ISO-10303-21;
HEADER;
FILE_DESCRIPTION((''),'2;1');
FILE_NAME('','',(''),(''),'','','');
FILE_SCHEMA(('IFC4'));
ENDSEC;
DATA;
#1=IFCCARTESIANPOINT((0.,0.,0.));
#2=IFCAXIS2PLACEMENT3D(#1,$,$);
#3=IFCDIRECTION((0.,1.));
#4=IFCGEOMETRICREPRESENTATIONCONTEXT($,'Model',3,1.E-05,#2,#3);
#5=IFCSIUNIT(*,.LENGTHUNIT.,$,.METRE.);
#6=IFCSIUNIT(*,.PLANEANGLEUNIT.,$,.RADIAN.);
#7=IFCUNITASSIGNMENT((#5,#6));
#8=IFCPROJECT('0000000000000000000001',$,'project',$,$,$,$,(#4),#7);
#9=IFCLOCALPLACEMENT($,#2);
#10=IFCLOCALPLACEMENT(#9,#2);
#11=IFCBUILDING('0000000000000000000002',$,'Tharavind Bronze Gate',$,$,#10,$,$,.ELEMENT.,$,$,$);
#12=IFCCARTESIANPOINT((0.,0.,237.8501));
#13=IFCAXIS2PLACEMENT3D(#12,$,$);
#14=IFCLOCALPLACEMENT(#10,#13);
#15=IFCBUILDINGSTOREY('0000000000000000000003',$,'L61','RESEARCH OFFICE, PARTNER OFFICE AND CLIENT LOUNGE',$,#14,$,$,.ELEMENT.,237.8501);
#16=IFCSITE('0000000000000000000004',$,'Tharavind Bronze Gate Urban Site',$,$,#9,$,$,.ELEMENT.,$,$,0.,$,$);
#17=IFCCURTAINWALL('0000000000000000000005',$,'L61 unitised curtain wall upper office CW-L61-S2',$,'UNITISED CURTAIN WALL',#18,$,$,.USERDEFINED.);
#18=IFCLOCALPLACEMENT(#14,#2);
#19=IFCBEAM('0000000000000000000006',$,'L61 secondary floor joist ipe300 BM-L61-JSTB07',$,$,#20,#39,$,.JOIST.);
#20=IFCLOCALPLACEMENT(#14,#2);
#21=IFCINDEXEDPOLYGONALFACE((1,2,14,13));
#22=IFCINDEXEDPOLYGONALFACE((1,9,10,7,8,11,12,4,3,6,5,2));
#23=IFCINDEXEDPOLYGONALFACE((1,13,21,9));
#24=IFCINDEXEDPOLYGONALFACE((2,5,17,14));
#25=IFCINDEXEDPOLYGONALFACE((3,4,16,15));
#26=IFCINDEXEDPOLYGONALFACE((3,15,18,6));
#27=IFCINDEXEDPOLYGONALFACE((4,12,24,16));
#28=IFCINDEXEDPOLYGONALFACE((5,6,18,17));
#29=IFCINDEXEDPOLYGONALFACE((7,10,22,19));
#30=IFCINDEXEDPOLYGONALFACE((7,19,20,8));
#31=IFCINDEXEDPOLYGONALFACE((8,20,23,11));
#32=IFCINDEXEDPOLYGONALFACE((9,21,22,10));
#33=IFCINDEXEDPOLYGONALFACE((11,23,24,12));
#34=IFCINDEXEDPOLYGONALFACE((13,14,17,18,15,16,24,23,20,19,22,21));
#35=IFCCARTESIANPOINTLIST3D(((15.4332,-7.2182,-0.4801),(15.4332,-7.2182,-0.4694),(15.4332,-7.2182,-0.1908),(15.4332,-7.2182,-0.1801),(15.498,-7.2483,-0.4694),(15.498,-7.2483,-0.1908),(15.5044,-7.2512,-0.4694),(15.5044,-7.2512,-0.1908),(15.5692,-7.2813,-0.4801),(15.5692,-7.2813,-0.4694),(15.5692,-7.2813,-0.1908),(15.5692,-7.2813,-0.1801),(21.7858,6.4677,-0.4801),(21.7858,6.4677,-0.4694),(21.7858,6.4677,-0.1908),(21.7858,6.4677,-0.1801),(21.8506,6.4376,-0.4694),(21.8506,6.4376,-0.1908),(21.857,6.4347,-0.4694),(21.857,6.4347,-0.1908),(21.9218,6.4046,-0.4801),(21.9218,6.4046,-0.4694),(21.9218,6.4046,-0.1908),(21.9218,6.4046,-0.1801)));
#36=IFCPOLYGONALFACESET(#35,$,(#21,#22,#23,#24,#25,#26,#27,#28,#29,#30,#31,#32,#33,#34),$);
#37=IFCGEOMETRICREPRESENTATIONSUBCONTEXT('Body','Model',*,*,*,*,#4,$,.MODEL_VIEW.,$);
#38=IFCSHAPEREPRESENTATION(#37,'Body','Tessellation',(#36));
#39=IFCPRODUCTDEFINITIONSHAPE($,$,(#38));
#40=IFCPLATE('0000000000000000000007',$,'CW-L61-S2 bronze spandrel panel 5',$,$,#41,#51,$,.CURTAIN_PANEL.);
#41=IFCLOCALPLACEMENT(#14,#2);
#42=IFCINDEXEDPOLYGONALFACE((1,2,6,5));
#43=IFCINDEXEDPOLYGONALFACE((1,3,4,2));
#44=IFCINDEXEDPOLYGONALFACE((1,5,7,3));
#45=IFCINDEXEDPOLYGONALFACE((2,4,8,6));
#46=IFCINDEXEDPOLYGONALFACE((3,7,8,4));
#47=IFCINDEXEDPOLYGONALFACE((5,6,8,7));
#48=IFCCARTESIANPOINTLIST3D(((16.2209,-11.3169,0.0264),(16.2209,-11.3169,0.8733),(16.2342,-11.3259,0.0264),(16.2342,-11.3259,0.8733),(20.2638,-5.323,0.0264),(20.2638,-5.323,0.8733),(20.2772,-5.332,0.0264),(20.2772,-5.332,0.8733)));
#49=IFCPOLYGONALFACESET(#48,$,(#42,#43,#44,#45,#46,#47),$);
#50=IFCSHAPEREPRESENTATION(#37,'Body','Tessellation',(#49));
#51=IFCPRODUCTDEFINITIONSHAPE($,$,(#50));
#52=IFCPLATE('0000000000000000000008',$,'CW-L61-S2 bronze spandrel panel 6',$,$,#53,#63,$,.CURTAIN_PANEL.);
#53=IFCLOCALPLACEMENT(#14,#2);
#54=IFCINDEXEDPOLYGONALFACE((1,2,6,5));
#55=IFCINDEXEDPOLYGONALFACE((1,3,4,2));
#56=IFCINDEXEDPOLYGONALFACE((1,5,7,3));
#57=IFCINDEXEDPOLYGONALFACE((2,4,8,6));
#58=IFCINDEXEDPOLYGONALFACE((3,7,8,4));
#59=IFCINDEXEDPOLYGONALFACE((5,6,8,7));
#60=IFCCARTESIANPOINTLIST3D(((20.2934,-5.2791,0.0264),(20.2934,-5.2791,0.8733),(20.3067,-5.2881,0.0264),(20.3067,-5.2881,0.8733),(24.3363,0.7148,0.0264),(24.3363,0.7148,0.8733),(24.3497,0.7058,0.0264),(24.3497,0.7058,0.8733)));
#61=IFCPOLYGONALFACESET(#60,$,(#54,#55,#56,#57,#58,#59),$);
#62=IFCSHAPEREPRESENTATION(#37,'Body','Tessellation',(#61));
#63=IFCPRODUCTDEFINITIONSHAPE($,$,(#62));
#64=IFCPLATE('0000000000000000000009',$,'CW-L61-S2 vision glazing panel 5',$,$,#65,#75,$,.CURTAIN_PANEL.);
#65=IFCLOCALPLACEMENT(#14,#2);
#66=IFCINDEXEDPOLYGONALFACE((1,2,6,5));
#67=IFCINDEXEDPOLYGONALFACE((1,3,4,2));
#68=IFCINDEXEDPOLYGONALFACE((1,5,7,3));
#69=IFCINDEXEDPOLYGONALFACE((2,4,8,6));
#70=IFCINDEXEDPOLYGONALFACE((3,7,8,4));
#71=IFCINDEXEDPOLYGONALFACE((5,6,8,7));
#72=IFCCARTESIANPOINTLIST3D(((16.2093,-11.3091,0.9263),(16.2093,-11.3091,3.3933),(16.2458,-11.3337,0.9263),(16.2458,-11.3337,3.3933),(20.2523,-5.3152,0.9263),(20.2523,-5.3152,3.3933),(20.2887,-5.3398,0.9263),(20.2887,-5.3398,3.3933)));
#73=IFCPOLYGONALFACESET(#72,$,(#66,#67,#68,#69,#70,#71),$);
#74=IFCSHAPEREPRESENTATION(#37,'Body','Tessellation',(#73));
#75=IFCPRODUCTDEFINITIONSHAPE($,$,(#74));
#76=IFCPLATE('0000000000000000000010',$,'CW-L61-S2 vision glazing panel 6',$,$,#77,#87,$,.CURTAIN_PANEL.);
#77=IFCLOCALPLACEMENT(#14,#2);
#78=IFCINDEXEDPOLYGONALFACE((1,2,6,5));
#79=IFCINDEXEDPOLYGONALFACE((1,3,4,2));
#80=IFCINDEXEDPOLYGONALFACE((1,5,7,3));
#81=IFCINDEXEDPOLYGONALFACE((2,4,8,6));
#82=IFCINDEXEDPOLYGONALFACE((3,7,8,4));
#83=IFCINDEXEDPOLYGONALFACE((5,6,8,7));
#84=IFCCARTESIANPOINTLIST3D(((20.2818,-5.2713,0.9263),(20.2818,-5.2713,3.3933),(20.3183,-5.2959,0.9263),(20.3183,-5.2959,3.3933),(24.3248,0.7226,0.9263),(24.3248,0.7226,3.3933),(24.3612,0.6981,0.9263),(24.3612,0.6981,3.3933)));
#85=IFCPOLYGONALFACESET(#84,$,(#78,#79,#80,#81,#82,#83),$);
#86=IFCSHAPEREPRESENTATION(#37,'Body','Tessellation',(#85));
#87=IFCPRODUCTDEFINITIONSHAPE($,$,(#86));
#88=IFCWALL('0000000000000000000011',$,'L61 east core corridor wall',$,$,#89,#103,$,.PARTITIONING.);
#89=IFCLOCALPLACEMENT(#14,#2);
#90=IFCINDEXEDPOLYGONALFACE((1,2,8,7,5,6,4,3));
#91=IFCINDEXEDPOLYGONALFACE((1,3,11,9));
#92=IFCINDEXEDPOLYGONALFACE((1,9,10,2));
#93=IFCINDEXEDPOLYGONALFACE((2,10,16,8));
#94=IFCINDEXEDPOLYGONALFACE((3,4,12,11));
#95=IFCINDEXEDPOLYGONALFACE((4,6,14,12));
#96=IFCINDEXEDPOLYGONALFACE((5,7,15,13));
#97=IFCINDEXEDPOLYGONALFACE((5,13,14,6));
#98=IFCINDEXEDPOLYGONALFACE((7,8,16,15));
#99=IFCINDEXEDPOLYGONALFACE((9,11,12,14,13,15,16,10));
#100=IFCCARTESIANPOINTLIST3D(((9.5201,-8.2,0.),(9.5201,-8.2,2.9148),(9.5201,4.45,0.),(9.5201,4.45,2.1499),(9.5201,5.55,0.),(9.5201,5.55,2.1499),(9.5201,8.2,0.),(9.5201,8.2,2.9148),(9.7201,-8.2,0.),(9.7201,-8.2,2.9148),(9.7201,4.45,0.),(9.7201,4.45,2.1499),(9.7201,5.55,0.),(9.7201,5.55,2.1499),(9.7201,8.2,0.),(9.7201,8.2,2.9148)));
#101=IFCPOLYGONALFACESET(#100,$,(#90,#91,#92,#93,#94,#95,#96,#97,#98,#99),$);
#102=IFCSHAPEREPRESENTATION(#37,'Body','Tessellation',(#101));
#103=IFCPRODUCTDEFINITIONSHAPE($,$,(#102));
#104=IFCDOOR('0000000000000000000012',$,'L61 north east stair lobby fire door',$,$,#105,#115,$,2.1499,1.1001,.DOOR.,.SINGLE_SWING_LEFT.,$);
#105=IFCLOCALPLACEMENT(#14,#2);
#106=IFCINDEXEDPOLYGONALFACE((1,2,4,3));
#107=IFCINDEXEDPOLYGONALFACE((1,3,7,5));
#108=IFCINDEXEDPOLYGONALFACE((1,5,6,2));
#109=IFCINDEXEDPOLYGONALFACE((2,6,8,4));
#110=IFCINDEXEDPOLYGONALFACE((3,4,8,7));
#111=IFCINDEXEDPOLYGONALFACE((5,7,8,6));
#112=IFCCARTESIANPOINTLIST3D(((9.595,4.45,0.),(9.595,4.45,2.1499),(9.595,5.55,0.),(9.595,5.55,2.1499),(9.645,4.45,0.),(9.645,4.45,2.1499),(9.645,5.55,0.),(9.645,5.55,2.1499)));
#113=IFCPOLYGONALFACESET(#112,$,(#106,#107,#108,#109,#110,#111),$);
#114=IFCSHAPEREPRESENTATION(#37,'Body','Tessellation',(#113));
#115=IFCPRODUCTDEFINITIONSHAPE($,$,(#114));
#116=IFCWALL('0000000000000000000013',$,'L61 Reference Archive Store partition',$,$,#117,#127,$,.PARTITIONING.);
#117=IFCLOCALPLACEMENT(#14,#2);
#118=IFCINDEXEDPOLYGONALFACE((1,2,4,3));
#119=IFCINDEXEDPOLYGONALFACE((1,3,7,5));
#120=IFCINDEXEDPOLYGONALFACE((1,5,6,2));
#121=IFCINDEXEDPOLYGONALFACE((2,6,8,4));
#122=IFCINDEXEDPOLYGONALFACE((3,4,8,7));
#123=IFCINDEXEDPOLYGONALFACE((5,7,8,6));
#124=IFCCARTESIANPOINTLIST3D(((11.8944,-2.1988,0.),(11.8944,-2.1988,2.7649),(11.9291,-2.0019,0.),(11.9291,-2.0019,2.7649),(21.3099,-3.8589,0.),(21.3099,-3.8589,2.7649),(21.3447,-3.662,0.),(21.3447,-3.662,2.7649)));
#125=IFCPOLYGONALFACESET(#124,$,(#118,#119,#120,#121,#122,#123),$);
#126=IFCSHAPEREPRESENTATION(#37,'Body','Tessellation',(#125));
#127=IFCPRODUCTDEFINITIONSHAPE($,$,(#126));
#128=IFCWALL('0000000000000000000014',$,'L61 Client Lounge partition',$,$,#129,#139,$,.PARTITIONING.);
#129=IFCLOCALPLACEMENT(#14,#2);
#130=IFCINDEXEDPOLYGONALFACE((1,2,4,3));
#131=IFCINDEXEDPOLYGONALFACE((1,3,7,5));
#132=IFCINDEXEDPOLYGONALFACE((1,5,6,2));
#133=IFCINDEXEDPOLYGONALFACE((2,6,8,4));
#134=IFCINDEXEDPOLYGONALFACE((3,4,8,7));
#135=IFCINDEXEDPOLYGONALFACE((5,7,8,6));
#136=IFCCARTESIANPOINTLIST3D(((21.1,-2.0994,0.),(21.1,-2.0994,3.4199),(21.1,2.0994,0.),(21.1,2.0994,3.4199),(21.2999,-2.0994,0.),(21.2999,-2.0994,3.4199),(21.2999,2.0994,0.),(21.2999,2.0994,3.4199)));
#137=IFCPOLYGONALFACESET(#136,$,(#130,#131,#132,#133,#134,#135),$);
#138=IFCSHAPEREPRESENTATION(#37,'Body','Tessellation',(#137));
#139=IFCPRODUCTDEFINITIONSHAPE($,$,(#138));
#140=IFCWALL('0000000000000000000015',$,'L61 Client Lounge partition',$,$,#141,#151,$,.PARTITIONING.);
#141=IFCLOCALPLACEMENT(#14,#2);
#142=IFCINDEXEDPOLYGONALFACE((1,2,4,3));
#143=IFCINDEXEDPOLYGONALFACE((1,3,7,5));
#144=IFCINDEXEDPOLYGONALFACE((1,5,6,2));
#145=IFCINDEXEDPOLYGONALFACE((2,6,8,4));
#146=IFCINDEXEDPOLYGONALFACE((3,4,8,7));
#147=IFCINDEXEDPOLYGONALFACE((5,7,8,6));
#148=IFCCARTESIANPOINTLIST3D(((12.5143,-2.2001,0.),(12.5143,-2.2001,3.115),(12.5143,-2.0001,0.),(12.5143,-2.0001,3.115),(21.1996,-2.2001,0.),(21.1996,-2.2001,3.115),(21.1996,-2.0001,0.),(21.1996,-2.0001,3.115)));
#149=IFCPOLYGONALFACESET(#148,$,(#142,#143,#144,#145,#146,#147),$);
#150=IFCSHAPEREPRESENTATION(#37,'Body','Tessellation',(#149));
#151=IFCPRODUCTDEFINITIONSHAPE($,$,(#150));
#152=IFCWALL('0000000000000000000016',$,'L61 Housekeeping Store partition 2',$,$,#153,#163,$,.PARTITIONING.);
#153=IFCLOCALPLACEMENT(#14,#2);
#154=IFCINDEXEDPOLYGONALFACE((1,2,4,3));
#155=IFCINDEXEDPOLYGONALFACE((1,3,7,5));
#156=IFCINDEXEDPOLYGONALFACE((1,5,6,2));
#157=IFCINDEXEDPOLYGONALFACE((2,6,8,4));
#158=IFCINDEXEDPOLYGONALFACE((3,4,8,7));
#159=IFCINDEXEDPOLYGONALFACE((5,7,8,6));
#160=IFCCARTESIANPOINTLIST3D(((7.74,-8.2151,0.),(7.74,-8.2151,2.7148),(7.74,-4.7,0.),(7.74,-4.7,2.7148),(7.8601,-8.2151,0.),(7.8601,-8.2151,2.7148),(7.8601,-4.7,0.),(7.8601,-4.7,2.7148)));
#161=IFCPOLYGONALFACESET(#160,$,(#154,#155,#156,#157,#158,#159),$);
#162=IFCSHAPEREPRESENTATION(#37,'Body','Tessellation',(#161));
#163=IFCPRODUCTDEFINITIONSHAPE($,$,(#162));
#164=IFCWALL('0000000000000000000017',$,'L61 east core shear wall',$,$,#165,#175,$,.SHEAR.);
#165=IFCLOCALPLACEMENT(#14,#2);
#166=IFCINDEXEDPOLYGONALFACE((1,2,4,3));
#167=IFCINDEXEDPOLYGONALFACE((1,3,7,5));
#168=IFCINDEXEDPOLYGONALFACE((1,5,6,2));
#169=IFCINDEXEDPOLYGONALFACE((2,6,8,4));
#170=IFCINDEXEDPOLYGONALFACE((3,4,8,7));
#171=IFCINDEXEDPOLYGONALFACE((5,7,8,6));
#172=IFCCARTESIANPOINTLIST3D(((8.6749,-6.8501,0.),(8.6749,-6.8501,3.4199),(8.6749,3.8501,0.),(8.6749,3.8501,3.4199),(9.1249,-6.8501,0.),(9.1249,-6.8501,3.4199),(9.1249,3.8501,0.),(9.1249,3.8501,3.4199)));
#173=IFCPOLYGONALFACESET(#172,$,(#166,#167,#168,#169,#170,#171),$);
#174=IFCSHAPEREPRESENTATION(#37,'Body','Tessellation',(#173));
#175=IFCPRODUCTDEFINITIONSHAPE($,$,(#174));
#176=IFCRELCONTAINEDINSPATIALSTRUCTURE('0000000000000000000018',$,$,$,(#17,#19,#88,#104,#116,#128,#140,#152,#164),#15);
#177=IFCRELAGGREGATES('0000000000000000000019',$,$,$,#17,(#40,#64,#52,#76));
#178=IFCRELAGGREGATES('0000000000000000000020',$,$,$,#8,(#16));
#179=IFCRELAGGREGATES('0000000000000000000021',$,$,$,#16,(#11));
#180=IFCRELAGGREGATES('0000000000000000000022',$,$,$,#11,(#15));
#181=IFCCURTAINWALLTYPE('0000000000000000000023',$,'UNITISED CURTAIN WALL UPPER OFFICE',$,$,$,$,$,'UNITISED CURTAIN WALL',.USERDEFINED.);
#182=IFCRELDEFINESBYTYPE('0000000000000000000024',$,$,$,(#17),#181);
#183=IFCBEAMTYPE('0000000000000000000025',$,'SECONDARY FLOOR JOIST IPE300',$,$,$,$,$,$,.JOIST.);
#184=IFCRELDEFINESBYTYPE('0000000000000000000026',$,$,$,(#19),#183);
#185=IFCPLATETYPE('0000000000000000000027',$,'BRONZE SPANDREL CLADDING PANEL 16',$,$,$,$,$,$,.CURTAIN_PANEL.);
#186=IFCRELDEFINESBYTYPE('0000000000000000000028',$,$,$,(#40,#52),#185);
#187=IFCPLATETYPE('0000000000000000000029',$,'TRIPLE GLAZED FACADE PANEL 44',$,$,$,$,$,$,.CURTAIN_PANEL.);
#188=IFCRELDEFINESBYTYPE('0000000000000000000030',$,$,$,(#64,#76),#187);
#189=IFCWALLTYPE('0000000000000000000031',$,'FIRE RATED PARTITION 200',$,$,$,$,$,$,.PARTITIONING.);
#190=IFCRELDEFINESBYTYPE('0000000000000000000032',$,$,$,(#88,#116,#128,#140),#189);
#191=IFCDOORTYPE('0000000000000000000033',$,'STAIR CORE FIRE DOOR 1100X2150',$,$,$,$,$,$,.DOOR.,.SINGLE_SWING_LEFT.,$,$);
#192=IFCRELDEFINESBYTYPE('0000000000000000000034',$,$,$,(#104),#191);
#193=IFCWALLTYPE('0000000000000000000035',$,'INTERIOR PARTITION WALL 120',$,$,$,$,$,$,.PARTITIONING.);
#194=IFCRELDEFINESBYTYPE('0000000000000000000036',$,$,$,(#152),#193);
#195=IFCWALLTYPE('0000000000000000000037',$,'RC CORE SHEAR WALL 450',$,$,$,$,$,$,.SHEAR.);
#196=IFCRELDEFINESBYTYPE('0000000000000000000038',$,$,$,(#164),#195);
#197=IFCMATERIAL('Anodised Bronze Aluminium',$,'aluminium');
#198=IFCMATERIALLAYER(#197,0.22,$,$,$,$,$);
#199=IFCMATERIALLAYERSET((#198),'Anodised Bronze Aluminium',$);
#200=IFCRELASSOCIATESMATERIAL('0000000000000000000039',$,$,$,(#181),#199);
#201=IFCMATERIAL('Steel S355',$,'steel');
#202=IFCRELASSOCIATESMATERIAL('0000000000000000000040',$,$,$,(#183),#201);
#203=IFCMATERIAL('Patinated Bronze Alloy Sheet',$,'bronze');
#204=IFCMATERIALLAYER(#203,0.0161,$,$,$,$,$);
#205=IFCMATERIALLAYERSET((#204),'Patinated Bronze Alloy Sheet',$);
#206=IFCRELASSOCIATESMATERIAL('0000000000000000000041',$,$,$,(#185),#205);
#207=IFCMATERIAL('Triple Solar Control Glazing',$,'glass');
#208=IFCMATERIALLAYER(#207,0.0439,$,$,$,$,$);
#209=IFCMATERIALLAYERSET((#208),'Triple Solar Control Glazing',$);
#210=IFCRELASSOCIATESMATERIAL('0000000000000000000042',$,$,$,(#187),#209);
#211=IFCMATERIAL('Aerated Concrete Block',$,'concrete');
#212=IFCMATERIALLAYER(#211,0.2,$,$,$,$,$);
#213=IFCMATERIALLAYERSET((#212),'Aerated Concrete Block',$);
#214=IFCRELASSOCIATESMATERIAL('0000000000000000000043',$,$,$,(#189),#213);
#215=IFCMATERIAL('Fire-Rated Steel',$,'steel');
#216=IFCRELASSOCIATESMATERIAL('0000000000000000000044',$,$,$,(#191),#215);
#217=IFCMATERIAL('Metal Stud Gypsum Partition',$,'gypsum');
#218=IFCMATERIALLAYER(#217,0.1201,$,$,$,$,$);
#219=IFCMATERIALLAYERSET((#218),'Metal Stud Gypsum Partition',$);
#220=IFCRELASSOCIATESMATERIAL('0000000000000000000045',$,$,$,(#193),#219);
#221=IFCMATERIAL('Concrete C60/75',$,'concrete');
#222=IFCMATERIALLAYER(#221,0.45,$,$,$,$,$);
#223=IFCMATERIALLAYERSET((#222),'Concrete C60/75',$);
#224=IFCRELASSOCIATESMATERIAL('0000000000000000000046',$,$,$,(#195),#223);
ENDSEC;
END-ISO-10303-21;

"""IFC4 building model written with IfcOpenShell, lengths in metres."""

from ifc_helpers import new_model, si_unit, direction, frame, frame_2d, origin, origin_2d, place, context, subcontext, project, spatial, rectangle, i_section, extrude, material, layer, layer_set, material_profile, profile_set, type_object, element, fill, aggregate, save


model = new_model("IFC4")

# Units and contexts
model_context = context("Model", 3, precision=1e-05, world=origin(), true_north=direction((0.0, 1.0)))
body_context = subcontext(model_context, "Body", "Model", "MODEL_VIEW")
ifc_project = project(units=[si_unit("LENGTHUNIT", "METRE"), si_unit("PLANEANGLEUNIT", "RADIAN")], contexts=[model_context])

# Site, building, storey
site_placement = place(None, origin())
site = spatial("IfcSite", under=ifc_project, at=site_placement, Name="Tharavind Bronze Gate Urban Site", CompositionType="ELEMENT", RefElevation=0.0)
building_placement = place(site_placement, origin())
building = spatial("IfcBuilding", under=site, at=building_placement, Name="Tharavind Bronze Gate", CompositionType="ELEMENT")
storey_placement = place(building_placement, frame((0.0, 0.0, 237.8501)))
storey = spatial("IfcBuildingStorey", under=building, at=storey_placement, Name="L61", Description="RESEARCH OFFICE, PARTNER OFFICE AND CLIENT LOUNGE", CompositionType="ELEMENT", Elevation=237.8501)

# Curtain wall
ifc_material_1 = material(Name="Anodised Bronze Aluminium", Category="aluminium")
ifc_layer_1 = layer(ifc_material_1, 0.22)
ifc_layer_set_1 = layer_set([ifc_layer_1], Name="Anodised Bronze Aluminium")
curtain_wall_type = type_object("IfcCurtainWallType", Name="UNITISED CURTAIN WALL UPPER OFFICE", ElementType="UNITISED CURTAIN WALL", PredefinedType="USERDEFINED", material=ifc_layer_set_1)
curtain_wall_placement = place(storey_placement, origin())
curtain_wall = element("IfcCurtainWall", 1, at=curtain_wall_placement, inside=storey, type_object=curtain_wall_type, Name="L61 unitised curtain wall upper office CW-L61-S2", ObjectType="UNITISED CURTAIN WALL", PredefinedType="USERDEFINED")

# Beam
ifc_material_2 = material(Name="Steel S355", Category="steel")
ifc_material_profile_1 = material_profile(ifc_material_2, i_section(OverallWidth=0.1499, OverallDepth=0.3, WebThickness=0.0071, FlangeThickness=0.0107, at=origin_2d()), Name="IPE300")
ifc_profile_set_1 = profile_set([ifc_material_profile_1], Name="Steel S355")
beam_type_1 = type_object("IfcBeamType", Name="SECONDARY FLOOR JOIST IPE300", PredefinedType="JOIST", material=ifc_profile_set_1)
beam_1_placement = place(storey_placement, frame((15.5012, -7.2498, -0.3301), z_axis=(0.421025, 0.907049, 0.0), x_axis=(-0.907049, 0.421025, 0.0)))
element("IfcBeam", 2, at=beam_1_placement, inside=storey, type_object=beam_type_1, Name="L61 secondary floor joist ipe300 BM-L61-JSTB07", PredefinedType="JOIST", context=body_context, shape_type="SweptSolid", body=[
    extrude(i_section(OverallWidth=0.1499, OverallDepth=0.3, WebThickness=0.0071, FlangeThickness=0.0107, at=origin_2d()), origin(), (0.0, 0.0, 1.0), 15.0884),
])

# Plates
ifc_material_3 = material(Name="Patinated Bronze Alloy Sheet", Category="bronze")
ifc_layer_2 = layer(ifc_material_3, 0.0161)
ifc_layer_set_2 = layer_set([ifc_layer_2], Name="Patinated Bronze Alloy Sheet")
plate_type_1 = type_object("IfcPlateType", Name="BRONZE SPANDREL CLADDING PANEL 16", PredefinedType="CURTAIN_PANEL", material=ifc_layer_set_2)
plate_1_placement = place(storey_placement, frame((18.249, -8.3245, 0.0264), z_axis=(0.0, 0.0, 1.0), x_axis=(0.559193, 0.829038, 0.0)))
plate_1 = element("IfcPlate", 3, at=plate_1_placement, type_object=plate_type_1, Name="CW-L61-S2 bronze spandrel panel 5", PredefinedType="CURTAIN_PANEL", context=body_context, shape_type="SweptSolid", body=[
    extrude(rectangle(XDim=7.23, YDim=0.0161, at=origin_2d()), origin(), (0.0, 0.0, 1.0), 0.8469),
])
plate_2_placement = place(storey_placement, frame((22.3215, -2.2866, 0.0264), z_axis=(0.0, 0.0, 1.0), x_axis=(0.559193, 0.829038, 0.0)))
plate_2 = element("IfcPlate", 4, at=plate_2_placement, type_object=plate_type_1, Name="CW-L61-S2 bronze spandrel panel 6", PredefinedType="CURTAIN_PANEL", context=body_context, shape_type="SweptSolid", body=[
    extrude(rectangle(XDim=7.23, YDim=0.0161, at=origin_2d()), origin(), (0.0, 0.0, 1.0), 0.8469),
])
ifc_material_4 = material(Name="Triple Solar Control Glazing", Category="glass")
ifc_layer_3 = layer(ifc_material_4, 0.0439)
ifc_layer_set_3 = layer_set([ifc_layer_3], Name="Triple Solar Control Glazing")
plate_type_2 = type_object("IfcPlateType", Name="TRIPLE GLAZED FACADE PANEL 44", PredefinedType="CURTAIN_PANEL", material=ifc_layer_set_3)
plate_3_placement = place(storey_placement, frame((18.249, -8.3245, 0.9263), z_axis=(0.0, 0.0, 1.0), x_axis=(0.559193, 0.829038, 0.0)))
plate_3 = element("IfcPlate", 5, at=plate_3_placement, type_object=plate_type_2, Name="CW-L61-S2 vision glazing panel 5", PredefinedType="CURTAIN_PANEL", context=body_context, shape_type="SweptSolid", body=[
    extrude(rectangle(XDim=7.23, YDim=0.0439, at=origin_2d()), origin(), (0.0, 0.0, 1.0), 2.467),
])
plate_4_placement = place(storey_placement, frame((22.3215, -2.2866, 0.9263), z_axis=(0.0, 0.0, 1.0), x_axis=(0.559193, 0.829038, 0.0)))
plate_4 = element("IfcPlate", 6, at=plate_4_placement, type_object=plate_type_2, Name="CW-L61-S2 vision glazing panel 6", PredefinedType="CURTAIN_PANEL", context=body_context, shape_type="SweptSolid", body=[
    extrude(rectangle(XDim=7.23, YDim=0.0439, at=origin_2d()), origin(), (0.0, 0.0, 1.0), 2.467),
])
aggregate(curtain_wall, [plate_1, plate_3, plate_2, plate_4])

# Wall, opening, door
ifc_material_5 = material(Name="Aerated Concrete Block", Category="concrete")
ifc_layer_4 = layer(ifc_material_5, 0.2)
ifc_layer_set_4 = layer_set([ifc_layer_4], Name="Aerated Concrete Block")
wall_type_1 = type_object("IfcWallType", Name="FIRE RATED PARTITION 200", PredefinedType="PARTITIONING", material=ifc_layer_set_4)
wall_1_placement = place(storey_placement, frame((9.6201, -8.2, 0.0), z_axis=(0.0, 0.0, 1.0), x_axis=(0.0, 1.0, 0.0)))
wall_1 = element("IfcWall", 7, at=wall_1_placement, inside=storey, type_object=wall_type_1, Name="L61 east core corridor wall", PredefinedType="PARTITIONING", context=body_context, shape_type="SweptSolid", body=[
    extrude(rectangle(XDim=16.3999, YDim=0.2, at=frame_2d((8.2, 0.0))), origin(), (0.0, 0.0, 1.0), 2.9148),
])
opening_placement = place(wall_1_placement, frame((12.6499, 0.0, 0.0)))
opening = element("IfcOpeningElement", 8, at=opening_placement, cuts=wall_1, PredefinedType="OPENING", context=body_context, shape_type="SweptSolid", body=[
    extrude(rectangle(XDim=1.1001, YDim=2.1499, at=frame_2d((0.55, 1.075))), frame((0.0, 0.1101, 0.0), z_axis=(0.0, -1.0, 0.0), x_axis=(1.0, 0.0, 0.0)), (0.0, 0.0, 1.0), 0.22),
])
ifc_material_6 = material(Name="Fire-Rated Steel", Category="steel")
door_type = type_object("IfcDoorType", Name="STAIR CORE FIRE DOOR 1100X2150", OperationType="SINGLE_SWING_LEFT", PredefinedType="DOOR", material=ifc_material_6)
door_placement = place(opening_placement, frame((1.1001, 0.0, 0.0), z_axis=(0.0, 0.0, 1.0), x_axis=(-1.0, 0.0, 0.0)))
door = element("IfcDoor", 9, at=door_placement, inside=storey, type_object=door_type, Name="L61 north east stair lobby fire door", OperationType="SINGLE_SWING_LEFT", OverallHeight=2.1499, OverallWidth=1.1001, PredefinedType="DOOR", context=body_context, shape_type="SweptSolid", body=[
    extrude(rectangle(XDim=1.1001, YDim=2.1499, at=frame_2d((0.55, 1.075))), frame((0.0, 0.0249, 0.0), z_axis=(0.0, -1.0, 0.0), x_axis=(1.0, 0.0, 0.0)), (0.0, 0.0, 1.0), 0.05),
])
fill(opening, door)

# Walls
wall_2_placement = place(storey_placement, frame((11.9119, -2.1003, 0.0), z_axis=(0.0, 0.0, 1.0), x_axis=(0.984809, -0.173643, 0.0)))
element("IfcWall", 10, at=wall_2_placement, inside=storey, type_object=wall_type_1, Name="L61 Reference Archive Store partition", PredefinedType="PARTITIONING", context=body_context, shape_type="SweptSolid", body=[
    extrude(rectangle(XDim=9.5608, YDim=0.2, at=frame_2d((4.7803, 0.0))), origin(), (0.0, 0.0, 1.0), 2.7649),
])
wall_3_placement = place(storey_placement, frame((21.2, -2.0994, 0.0), z_axis=(0.0, 0.0, 1.0), x_axis=(0.0, 1.0, 0.0)))
element("IfcWall", 11, at=wall_3_placement, inside=storey, type_object=wall_type_1, Name="L61 Client Lounge partition", PredefinedType="PARTITIONING", context=body_context, shape_type="SweptSolid", body=[
    extrude(rectangle(XDim=4.1987, YDim=0.2, at=frame_2d((2.0994, 0.0))), origin(), (0.0, 0.0, 1.0), 3.4199),
])
wall_4_placement = place(storey_placement, frame((12.5142, -2.1001, 0.0), z_axis=(0.0, 0.0, 1.0), x_axis=(1.0, 0.0, 0.0)))
element("IfcWall", 12, at=wall_4_placement, inside=storey, type_object=wall_type_1, Name="L61 Client Lounge partition", PredefinedType="PARTITIONING", context=body_context, shape_type="SweptSolid", body=[
    extrude(rectangle(XDim=8.6853, YDim=0.2, at=frame_2d((4.3428, 0.0))), origin(), (0.0, 0.0, 1.0), 3.115),
])
ifc_material_7 = material(Name="Metal Stud Gypsum Partition", Category="gypsum")
ifc_layer_5 = layer(ifc_material_7, 0.1201)
ifc_layer_set_5 = layer_set([ifc_layer_5], Name="Metal Stud Gypsum Partition")
wall_type_2 = type_object("IfcWallType", Name="INTERIOR PARTITION WALL 120", PredefinedType="PARTITIONING", material=ifc_layer_set_5)
wall_5_placement = place(storey_placement, frame((7.8, -8.2151, 0.0), z_axis=(0.0, 0.0, 1.0), x_axis=(0.0, 1.0, 0.0)))
element("IfcWall", 13, at=wall_5_placement, inside=storey, type_object=wall_type_2, Name="L61 Housekeeping Store partition 2", PredefinedType="PARTITIONING", context=body_context, shape_type="SweptSolid", body=[
    extrude(rectangle(XDim=3.5151, YDim=0.1201, at=frame_2d((1.7576, 0.0))), origin(), (0.0, 0.0, 1.0), 2.7148),
])
ifc_material_8 = material(Name="Concrete C60/75", Category="concrete")
ifc_layer_6 = layer(ifc_material_8, 0.45)
ifc_layer_set_6 = layer_set([ifc_layer_6], Name="Concrete C60/75")
wall_type_3 = type_object("IfcWallType", Name="RC CORE SHEAR WALL 450", PredefinedType="SHEAR", material=ifc_layer_set_6)
wall_6_placement = place(storey_placement, frame((8.8999, -6.8501, 0.0), z_axis=(0.0, 0.0, 1.0), x_axis=(0.0, 1.0, 0.0)))
element("IfcWall", 14, at=wall_6_placement, inside=storey, type_object=wall_type_3, Name="L61 east core shear wall", PredefinedType="SHEAR", context=body_context, shape_type="SweptSolid", body=[
    extrude(rectangle(XDim=10.7002, YDim=0.45, at=frame_2d((5.3501, 0.0))), origin(), (0.0, 0.0, 1.0), 3.4199),
])

save(model, "model.ifc")
